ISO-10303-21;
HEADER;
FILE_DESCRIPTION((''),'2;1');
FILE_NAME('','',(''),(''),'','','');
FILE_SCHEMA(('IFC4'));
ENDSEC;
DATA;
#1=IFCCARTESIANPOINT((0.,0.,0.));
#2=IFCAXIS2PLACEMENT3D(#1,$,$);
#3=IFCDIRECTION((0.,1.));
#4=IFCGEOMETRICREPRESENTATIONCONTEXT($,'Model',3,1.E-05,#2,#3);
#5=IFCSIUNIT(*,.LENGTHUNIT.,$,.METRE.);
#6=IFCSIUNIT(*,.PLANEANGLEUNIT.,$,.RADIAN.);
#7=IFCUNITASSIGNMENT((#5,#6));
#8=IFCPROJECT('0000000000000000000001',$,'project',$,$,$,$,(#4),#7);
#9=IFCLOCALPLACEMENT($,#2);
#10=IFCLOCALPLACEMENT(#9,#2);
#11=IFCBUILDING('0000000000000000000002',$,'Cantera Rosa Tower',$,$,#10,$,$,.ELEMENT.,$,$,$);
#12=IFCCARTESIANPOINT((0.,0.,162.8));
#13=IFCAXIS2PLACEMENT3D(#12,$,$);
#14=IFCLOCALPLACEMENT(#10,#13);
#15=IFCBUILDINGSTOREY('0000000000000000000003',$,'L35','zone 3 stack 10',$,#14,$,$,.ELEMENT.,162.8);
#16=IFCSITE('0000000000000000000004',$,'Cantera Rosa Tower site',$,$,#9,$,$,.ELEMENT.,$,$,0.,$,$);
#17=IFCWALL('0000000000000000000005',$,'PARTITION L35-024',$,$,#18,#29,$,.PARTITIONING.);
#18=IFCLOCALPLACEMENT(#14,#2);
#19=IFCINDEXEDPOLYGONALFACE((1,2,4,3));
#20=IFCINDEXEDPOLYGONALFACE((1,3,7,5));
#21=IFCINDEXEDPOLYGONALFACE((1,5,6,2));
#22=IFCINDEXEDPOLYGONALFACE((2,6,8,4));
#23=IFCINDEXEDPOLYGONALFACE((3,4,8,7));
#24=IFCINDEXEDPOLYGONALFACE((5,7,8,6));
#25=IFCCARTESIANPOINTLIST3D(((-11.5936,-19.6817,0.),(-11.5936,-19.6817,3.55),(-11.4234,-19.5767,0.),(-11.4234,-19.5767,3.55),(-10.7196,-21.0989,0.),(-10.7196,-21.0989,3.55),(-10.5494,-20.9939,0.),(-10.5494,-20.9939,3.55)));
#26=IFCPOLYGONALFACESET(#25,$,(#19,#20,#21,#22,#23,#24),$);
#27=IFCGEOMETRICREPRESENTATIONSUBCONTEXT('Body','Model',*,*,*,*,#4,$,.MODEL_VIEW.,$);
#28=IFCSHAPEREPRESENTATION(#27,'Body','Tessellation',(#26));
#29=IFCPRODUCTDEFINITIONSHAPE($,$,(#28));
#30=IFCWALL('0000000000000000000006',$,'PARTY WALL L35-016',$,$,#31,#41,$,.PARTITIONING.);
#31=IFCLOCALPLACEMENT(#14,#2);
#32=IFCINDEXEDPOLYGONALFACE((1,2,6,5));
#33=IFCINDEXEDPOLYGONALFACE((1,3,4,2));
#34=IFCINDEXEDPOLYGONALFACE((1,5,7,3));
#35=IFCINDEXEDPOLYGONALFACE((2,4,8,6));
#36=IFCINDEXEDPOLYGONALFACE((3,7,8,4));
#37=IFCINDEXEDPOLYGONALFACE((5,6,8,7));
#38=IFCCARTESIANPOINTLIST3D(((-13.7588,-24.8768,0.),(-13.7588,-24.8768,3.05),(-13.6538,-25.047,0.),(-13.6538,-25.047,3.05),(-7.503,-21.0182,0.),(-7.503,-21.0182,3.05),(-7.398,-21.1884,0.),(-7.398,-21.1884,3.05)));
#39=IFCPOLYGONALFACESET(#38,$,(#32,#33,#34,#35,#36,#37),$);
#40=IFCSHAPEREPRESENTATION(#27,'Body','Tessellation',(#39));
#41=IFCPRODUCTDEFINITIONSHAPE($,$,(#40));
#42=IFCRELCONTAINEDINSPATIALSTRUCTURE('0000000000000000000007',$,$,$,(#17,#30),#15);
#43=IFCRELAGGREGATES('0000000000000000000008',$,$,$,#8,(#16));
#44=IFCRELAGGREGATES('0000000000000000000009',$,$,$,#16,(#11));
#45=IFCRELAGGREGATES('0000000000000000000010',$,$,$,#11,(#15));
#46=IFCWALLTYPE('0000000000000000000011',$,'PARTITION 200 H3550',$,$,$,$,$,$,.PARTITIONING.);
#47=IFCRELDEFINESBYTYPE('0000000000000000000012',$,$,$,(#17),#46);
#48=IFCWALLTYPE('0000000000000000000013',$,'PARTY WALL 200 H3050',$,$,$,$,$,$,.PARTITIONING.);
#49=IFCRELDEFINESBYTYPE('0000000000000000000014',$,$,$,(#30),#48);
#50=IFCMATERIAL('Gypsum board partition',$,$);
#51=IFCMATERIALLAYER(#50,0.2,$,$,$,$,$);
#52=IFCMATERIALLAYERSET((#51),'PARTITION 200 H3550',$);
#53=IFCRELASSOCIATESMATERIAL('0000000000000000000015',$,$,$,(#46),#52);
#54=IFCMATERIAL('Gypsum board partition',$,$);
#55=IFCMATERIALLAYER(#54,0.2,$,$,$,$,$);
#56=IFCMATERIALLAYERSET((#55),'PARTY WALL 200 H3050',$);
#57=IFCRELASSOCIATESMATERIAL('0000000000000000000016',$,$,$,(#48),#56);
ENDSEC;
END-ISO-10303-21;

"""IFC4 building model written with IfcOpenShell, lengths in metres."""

from ifc_helpers import new_model, si_unit, direction, frame, frame_2d, origin, place, context, subcontext, project, spatial, rectangle, extrude, material, layer, layer_set, type_object, element, save


model = new_model("IFC4")

# Units and contexts
model_context = context("Model", 3, precision=1e-05, world=origin(), true_north=direction((0.0, 1.0)))
body_context = subcontext(model_context, "Body", "Model", "MODEL_VIEW")
ifc_project = project(units=[si_unit("LENGTHUNIT", "METRE"), si_unit("PLANEANGLEUNIT", "RADIAN")], contexts=[model_context])

# Site, building, storey
site_placement = place(None, origin())
site = spatial("IfcSite", under=ifc_project, at=site_placement, Name="Cantera Rosa Tower site", CompositionType="ELEMENT", RefElevation=0.0)
building_placement = place(site_placement, origin())
building = spatial("IfcBuilding", under=site, at=building_placement, Name="Cantera Rosa Tower", CompositionType="ELEMENT")
storey_placement = place(building_placement, frame((0.0, 0.0, 162.8)))
storey = spatial("IfcBuildingStorey", under=building, at=storey_placement, Name="L35", Description="zone 3 stack 10", CompositionType="ELEMENT", Elevation=162.8)

# Walls
ifc_material_1 = material(Name="Gypsum board partition")
ifc_layer_1 = layer(ifc_material_1, 0.2)
ifc_layer_set_1 = layer_set([ifc_layer_1], Name="PARTITION 200 H3550")
wall_type_1 = type_object("IfcWallType", Name="PARTITION 200 H3550", PredefinedType="PARTITIONING", material=ifc_layer_set_1)
wall_1_placement = place(storey_placement, frame((-10.6345, -21.0464, 0.0), z_axis=(0.0, 0.0, 1.0), x_axis=(-0.524915, 0.851154, 0.0)))
element("IfcWall", 1, at=wall_1_placement, inside=storey, type_object=wall_type_1, Name="PARTITION L35-024", PredefinedType="PARTITIONING", context=body_context, shape_type="SweptSolid", body=[
    extrude(rectangle(XDim=1.665, YDim=0.2, at=frame_2d((0.8325, 0.0))), origin(), (0.0, 0.0, 1.0), 3.55),
])
ifc_material_2 = material(Name="Gypsum board partition")
ifc_layer_2 = layer(ifc_material_2, 0.2)
ifc_layer_set_2 = layer_set([ifc_layer_2], Name="PARTY WALL 200 H3050")
wall_type_2 = type_object("IfcWallType", Name="PARTY WALL 200 H3050", PredefinedType="PARTITIONING", material=ifc_layer_set_2)
wall_2_placement = place(storey_placement, frame((-13.7063, -24.9619, 0.0), z_axis=(0.0, 0.0, 1.0), x_axis=(0.851118, 0.524974, 0.0)))
element("IfcWall", 2, at=wall_2_placement, inside=storey, type_object=wall_type_2, Name="PARTY WALL L35-016", PredefinedType="PARTITIONING", context=body_context, shape_type="SweptSolid", body=[
    extrude(rectangle(XDim=7.3501, YDim=0.2, at=frame_2d((3.675, 0.0))), origin(), (0.0, 0.0, 1.0), 3.05),
])

save(model, "model.ifc")
